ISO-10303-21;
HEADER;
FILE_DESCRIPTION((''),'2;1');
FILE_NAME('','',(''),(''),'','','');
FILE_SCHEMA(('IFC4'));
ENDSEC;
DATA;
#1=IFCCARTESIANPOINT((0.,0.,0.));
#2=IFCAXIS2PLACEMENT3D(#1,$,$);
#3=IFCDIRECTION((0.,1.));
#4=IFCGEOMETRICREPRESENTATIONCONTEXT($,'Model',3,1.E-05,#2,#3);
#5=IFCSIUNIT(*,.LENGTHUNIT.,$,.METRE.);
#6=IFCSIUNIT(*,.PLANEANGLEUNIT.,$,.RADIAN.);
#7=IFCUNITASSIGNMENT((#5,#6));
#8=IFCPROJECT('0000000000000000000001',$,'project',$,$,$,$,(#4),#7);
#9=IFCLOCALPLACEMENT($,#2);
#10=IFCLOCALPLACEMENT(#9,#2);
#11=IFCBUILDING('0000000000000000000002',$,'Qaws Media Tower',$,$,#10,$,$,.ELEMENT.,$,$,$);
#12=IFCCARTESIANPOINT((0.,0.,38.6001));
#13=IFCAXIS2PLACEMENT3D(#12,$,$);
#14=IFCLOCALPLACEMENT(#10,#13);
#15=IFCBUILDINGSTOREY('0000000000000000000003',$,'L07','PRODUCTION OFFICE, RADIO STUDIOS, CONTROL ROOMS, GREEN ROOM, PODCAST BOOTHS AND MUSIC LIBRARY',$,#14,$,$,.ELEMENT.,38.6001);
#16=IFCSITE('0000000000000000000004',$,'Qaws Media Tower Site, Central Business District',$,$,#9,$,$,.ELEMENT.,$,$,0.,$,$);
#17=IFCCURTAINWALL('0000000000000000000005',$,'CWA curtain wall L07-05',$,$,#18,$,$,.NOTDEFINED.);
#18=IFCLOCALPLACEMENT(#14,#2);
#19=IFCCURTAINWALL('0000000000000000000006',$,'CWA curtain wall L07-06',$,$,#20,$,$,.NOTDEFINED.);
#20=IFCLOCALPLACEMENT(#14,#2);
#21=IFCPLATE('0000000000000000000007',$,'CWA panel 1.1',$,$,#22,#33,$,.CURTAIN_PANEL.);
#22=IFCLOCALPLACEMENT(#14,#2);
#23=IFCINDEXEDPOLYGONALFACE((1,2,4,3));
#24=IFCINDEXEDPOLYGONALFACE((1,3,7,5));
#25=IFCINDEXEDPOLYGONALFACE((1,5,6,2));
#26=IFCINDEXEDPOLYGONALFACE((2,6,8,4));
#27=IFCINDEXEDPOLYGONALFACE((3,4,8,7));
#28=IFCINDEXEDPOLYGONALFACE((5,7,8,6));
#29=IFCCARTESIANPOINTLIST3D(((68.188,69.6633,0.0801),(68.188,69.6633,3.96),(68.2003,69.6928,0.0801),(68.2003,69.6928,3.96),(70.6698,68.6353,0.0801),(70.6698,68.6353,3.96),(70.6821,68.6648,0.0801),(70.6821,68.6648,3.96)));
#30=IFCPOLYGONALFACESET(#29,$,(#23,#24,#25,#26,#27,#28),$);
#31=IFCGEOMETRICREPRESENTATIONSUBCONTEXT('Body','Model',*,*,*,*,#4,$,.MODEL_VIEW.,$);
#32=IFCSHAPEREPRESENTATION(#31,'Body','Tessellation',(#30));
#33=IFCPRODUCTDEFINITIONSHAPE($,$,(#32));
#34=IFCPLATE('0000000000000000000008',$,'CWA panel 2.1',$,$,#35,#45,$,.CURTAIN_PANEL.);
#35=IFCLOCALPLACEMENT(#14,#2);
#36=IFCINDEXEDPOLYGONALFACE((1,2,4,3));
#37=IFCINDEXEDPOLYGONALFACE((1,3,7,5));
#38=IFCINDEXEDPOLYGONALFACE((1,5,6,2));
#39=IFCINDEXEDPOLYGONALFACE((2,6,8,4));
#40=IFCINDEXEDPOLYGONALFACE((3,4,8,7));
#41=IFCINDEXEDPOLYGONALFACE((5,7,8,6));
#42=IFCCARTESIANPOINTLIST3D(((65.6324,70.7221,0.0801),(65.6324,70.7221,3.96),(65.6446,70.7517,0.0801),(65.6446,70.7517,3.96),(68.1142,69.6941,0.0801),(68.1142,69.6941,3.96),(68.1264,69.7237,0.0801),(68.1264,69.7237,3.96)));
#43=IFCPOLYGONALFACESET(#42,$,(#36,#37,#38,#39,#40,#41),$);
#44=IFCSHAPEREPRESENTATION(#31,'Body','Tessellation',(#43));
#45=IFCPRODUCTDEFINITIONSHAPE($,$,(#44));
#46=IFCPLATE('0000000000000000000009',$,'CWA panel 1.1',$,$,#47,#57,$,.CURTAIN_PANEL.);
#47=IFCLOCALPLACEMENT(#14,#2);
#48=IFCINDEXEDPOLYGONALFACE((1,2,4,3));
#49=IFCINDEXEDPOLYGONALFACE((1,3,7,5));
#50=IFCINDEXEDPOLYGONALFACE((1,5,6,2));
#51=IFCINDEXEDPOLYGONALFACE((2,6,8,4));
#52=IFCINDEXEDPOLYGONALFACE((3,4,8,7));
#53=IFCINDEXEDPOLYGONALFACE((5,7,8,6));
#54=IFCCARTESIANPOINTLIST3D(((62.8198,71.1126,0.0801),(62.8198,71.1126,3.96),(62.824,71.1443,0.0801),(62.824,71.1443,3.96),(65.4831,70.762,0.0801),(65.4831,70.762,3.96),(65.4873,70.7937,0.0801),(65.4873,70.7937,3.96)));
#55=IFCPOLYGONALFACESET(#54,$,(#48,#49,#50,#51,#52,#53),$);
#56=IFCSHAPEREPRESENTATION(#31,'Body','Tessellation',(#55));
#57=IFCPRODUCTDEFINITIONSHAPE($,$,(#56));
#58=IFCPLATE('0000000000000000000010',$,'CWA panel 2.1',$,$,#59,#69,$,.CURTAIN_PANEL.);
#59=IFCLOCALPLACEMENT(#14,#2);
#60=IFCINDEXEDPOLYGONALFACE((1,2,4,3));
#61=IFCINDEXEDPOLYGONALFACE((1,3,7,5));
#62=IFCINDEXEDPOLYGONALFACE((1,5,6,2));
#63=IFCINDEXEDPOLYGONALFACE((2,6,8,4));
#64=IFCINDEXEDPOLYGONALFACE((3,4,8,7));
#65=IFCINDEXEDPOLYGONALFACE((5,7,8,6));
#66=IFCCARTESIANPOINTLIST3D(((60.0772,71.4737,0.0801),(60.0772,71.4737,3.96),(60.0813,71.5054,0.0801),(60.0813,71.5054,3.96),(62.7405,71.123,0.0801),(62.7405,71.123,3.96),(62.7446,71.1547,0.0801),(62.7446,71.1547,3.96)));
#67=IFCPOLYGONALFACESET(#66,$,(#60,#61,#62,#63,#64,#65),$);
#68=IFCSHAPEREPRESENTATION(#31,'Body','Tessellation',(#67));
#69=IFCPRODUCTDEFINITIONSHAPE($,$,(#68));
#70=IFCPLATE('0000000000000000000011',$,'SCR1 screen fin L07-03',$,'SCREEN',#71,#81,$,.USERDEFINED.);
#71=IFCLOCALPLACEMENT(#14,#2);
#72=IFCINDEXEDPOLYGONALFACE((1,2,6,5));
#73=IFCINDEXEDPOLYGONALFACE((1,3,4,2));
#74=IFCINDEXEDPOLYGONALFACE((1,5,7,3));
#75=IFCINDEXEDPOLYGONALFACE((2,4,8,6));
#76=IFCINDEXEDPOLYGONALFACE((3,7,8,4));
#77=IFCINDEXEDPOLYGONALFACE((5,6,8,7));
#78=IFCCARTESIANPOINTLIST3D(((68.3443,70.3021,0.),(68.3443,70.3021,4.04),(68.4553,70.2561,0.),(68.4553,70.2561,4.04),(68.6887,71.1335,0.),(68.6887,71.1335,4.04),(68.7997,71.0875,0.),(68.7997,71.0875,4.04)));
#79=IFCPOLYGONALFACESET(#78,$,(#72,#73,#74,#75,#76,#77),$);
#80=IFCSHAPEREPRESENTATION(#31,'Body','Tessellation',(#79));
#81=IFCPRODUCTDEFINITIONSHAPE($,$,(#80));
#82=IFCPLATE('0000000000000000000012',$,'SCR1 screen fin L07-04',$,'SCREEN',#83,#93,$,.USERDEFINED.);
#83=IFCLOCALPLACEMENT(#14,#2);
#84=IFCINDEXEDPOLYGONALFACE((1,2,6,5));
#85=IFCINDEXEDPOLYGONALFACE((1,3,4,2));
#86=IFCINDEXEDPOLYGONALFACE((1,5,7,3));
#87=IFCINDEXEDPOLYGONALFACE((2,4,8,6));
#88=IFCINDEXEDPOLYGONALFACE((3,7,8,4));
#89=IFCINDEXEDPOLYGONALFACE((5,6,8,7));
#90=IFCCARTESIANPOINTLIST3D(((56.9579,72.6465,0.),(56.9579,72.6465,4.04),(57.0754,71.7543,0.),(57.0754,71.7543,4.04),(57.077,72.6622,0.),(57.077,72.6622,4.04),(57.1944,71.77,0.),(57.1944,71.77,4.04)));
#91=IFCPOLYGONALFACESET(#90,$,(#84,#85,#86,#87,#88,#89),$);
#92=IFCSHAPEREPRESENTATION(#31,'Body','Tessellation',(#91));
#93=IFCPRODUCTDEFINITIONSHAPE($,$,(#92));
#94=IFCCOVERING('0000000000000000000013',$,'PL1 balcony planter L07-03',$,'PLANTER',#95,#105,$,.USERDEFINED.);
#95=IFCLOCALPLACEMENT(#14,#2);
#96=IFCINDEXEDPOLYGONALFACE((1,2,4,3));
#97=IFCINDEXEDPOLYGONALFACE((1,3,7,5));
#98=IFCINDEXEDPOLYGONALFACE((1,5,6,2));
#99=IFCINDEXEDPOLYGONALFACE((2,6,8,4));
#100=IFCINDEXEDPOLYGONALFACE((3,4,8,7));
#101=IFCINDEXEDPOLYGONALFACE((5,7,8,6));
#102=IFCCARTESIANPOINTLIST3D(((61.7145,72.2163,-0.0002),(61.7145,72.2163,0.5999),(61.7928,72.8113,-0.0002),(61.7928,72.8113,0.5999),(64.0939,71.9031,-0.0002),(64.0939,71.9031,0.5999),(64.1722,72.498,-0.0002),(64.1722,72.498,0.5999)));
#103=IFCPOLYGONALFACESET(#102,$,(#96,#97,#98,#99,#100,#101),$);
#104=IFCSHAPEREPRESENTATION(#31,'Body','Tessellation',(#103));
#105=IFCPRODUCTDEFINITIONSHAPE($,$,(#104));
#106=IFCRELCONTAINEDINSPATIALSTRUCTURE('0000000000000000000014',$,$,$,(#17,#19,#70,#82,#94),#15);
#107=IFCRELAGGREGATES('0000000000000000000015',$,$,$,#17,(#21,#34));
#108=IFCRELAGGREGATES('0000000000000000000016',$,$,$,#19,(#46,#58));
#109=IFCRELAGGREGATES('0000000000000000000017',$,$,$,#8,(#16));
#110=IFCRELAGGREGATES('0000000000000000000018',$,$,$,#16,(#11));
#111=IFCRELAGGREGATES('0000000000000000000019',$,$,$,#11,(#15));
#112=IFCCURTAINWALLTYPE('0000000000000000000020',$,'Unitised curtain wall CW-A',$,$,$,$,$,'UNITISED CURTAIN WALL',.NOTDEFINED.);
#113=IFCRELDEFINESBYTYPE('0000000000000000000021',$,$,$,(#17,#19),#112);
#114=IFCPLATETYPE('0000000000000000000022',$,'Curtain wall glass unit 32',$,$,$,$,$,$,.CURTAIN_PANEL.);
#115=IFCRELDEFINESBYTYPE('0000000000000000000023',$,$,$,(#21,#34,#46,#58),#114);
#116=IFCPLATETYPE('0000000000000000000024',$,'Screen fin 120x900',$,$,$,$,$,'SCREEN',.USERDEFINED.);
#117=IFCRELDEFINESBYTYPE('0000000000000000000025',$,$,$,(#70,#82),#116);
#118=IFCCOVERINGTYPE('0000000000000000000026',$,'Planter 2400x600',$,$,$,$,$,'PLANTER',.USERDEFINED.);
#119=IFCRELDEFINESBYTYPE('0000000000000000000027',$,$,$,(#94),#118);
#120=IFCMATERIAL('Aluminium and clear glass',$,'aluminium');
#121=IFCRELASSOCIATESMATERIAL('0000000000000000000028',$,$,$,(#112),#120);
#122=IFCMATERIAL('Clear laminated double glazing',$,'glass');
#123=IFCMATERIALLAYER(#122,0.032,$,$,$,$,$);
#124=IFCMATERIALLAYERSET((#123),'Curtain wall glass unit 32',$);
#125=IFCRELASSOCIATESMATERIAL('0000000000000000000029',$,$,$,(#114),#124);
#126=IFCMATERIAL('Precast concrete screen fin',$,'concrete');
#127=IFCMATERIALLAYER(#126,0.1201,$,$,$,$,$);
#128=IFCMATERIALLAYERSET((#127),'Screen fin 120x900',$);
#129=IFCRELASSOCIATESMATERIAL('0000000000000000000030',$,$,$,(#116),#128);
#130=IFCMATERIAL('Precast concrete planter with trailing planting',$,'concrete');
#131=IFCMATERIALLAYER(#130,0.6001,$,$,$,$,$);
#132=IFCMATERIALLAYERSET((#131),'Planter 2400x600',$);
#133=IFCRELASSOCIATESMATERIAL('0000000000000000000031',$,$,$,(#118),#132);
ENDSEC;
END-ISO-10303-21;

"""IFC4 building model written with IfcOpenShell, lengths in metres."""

from ifc_helpers import new_model, si_unit, direction, frame, origin, origin_2d, place, context, subcontext, project, spatial, rectangle, extrude, material, layer, layer_set, type_object, element, aggregate, save


model = new_model("IFC4")

# Units and contexts
model_context = context("Model", 3, precision=1e-05, world=origin(), true_north=direction((0.0, 1.0)))
body_context = subcontext(model_context, "Body", "Model", "MODEL_VIEW")
ifc_project = project(units=[si_unit("LENGTHUNIT", "METRE"), si_unit("PLANEANGLEUNIT", "RADIAN")], contexts=[model_context])

# Site, building, storey
site_placement = place(None, origin())
site = spatial("IfcSite", under=ifc_project, at=site_placement, Name="Qaws Media Tower Site, Central Business District", CompositionType="ELEMENT", RefElevation=0.0)
building_placement = place(site_placement, origin())
building = spatial("IfcBuilding", under=site, at=building_placement, Name="Qaws Media Tower", CompositionType="ELEMENT")
storey_placement = place(building_placement, frame((0.0, 0.0, 38.6001)))
storey = spatial("IfcBuildingStorey", under=building, at=storey_placement, Name="L07", Description="PRODUCTION OFFICE, RADIO STUDIOS, CONTROL ROOMS, GREEN ROOM, PODCAST BOOTHS AND MUSIC LIBRARY", CompositionType="ELEMENT", Elevation=38.6001)

# Shared definitions
ifc_material_1 = material(Name="Aluminium and clear glass", Category="aluminium")
curtain_wall_type = type_object("IfcCurtainWallType", Name="Unitised curtain wall CW-A", ElementType="UNITISED CURTAIN WALL", PredefinedType="NOTDEFINED", material=ifc_material_1)

# Curtain walls
curtain_wall_1_placement = place(storey_placement, origin())
curtain_wall_1 = element("IfcCurtainWall", 1, at=curtain_wall_1_placement, inside=storey, type_object=curtain_wall_type, Name="CWA curtain wall L07-05", PredefinedType="NOTDEFINED")
curtain_wall_2_placement = place(storey_placement, origin())
curtain_wall_2 = element("IfcCurtainWall", 2, at=curtain_wall_2_placement, inside=storey, type_object=curtain_wall_type, Name="CWA curtain wall L07-06", PredefinedType="NOTDEFINED")

# Plates
ifc_material_2 = material(Name="Clear laminated double glazing", Category="glass")
ifc_layer_1 = layer(ifc_material_2, 0.032)
ifc_layer_set_1 = layer_set([ifc_layer_1], Name="Curtain wall glass unit 32")
plate_type_1 = type_object("IfcPlateType", Name="Curtain wall glass unit 32", PredefinedType="CURTAIN_PANEL", material=ifc_layer_set_1)
plate_1_placement = place(storey_placement, frame((69.4351, 69.1641, 0.0801), z_axis=(0.0, 0.0, 1.0), x_axis=(-0.92388, 0.382683, 0.0)))
plate_1 = element("IfcPlate", 3, at=plate_1_placement, type_object=plate_type_1, Name="CWA panel 1.1", PredefinedType="CURTAIN_PANEL", context=body_context, shape_type="SweptSolid", body=[
    extrude(rectangle(XDim=2.6863, YDim=0.032, at=origin_2d()), origin(), (0.0, 0.0, 1.0), 3.8799),
])
plate_2_placement = place(storey_placement, frame((66.8794, 70.2229, 0.0801), z_axis=(0.0, 0.0, 1.0), x_axis=(-0.92388, 0.382683, 0.0)))
plate_2 = element("IfcPlate", 4, at=plate_2_placement, type_object=plate_type_1, Name="CWA panel 2.1", PredefinedType="CURTAIN_PANEL", context=body_context, shape_type="SweptSolid", body=[
    extrude(rectangle(XDim=2.6863, YDim=0.032, at=origin_2d()), origin(), (0.0, 0.0, 1.0), 3.8799),
])
aggregate(curtain_wall_1, [plate_1, plate_2])
plate_3_placement = place(storey_placement, frame((64.1536, 70.9531, 0.0801), z_axis=(0.0, 0.0, 1.0), x_axis=(-0.991445, 0.130526, 0.0)))
plate_3 = element("IfcPlate", 5, at=plate_3_placement, type_object=plate_type_1, Name="CWA panel 1.1", PredefinedType="CURTAIN_PANEL", context=body_context, shape_type="SweptSolid", body=[
    extrude(rectangle(XDim=2.6863, YDim=0.032, at=origin_2d()), origin(), (0.0, 0.0, 1.0), 3.8799),
])
plate_4_placement = place(storey_placement, frame((61.4109, 71.3142, 0.0801), z_axis=(0.0, 0.0, 1.0), x_axis=(-0.991445, 0.130526, 0.0)))
plate_4 = element("IfcPlate", 6, at=plate_4_placement, type_object=plate_type_1, Name="CWA panel 2.1", PredefinedType="CURTAIN_PANEL", context=body_context, shape_type="SweptSolid", body=[
    extrude(rectangle(XDim=2.6863, YDim=0.032, at=origin_2d()), origin(), (0.0, 0.0, 1.0), 3.8799),
])
aggregate(curtain_wall_2, [plate_3, plate_4])

# Plates
ifc_material_3 = material(Name="Precast concrete screen fin", Category="concrete")
ifc_layer_2 = layer(ifc_material_3, 0.1201)
ifc_layer_set_2 = layer_set([ifc_layer_2], Name="Screen fin 120x900")
plate_type_2 = type_object("IfcPlateType", Name="Screen fin 120x900", ElementType="SCREEN", PredefinedType="USERDEFINED", material=ifc_layer_set_2)
for number, where, z_axis, x_axis, name in (
    (7, (68.572, 70.6948, 0.0), (0.0, 0.0, 1.0), (0.382683, 0.92388, 0.0), "SCR1 screen fin L07-03"),
    (8, (57.0762, 72.2083, 0.0), (0.0, 0.0, 1.0), (-0.130526, 0.991445, 0.0), "SCR1 screen fin L07-04"),
):
    element("IfcPlate", number, at=place(storey_placement, frame(where, z_axis=z_axis, x_axis=x_axis)), inside=storey, type_object=plate_type_2, Name=name, ObjectType="SCREEN", PredefinedType="USERDEFINED", context=body_context, shape_type="SweptSolid", body=[
        extrude(rectangle(XDim=0.8999, YDim=0.1201, at=origin_2d()), origin(), (0.0, 0.0, 1.0), 4.04),
    ])

# Covering
ifc_material_4 = material(Name="Precast concrete planter with trailing planting", Category="concrete")
ifc_layer_3 = layer(ifc_material_4, 0.6001)
ifc_layer_set_3 = layer_set([ifc_layer_3], Name="Planter 2400x600")
covering_type = type_object("IfcCoveringType", Name="Planter 2400x600", ElementType="PLANTER", PredefinedType="USERDEFINED", material=ifc_layer_set_3)
covering_placement = place(storey_placement, frame((62.9434, 72.3572, -0.0002), z_axis=(0.0, 0.0, 1.0), x_axis=(-0.991445, 0.130526, 0.0)))
element("IfcCovering", 9, at=covering_placement, inside=storey, type_object=covering_type, Name="PL1 balcony planter L07-03", ObjectType="PLANTER", PredefinedType="USERDEFINED", context=body_context, shape_type="SweptSolid", body=[
    extrude(rectangle(XDim=2.3999, YDim=0.6001, at=origin_2d()), origin(), (0.0, 0.0, 1.0), 0.6001),
])

save(model, "model.ifc")
